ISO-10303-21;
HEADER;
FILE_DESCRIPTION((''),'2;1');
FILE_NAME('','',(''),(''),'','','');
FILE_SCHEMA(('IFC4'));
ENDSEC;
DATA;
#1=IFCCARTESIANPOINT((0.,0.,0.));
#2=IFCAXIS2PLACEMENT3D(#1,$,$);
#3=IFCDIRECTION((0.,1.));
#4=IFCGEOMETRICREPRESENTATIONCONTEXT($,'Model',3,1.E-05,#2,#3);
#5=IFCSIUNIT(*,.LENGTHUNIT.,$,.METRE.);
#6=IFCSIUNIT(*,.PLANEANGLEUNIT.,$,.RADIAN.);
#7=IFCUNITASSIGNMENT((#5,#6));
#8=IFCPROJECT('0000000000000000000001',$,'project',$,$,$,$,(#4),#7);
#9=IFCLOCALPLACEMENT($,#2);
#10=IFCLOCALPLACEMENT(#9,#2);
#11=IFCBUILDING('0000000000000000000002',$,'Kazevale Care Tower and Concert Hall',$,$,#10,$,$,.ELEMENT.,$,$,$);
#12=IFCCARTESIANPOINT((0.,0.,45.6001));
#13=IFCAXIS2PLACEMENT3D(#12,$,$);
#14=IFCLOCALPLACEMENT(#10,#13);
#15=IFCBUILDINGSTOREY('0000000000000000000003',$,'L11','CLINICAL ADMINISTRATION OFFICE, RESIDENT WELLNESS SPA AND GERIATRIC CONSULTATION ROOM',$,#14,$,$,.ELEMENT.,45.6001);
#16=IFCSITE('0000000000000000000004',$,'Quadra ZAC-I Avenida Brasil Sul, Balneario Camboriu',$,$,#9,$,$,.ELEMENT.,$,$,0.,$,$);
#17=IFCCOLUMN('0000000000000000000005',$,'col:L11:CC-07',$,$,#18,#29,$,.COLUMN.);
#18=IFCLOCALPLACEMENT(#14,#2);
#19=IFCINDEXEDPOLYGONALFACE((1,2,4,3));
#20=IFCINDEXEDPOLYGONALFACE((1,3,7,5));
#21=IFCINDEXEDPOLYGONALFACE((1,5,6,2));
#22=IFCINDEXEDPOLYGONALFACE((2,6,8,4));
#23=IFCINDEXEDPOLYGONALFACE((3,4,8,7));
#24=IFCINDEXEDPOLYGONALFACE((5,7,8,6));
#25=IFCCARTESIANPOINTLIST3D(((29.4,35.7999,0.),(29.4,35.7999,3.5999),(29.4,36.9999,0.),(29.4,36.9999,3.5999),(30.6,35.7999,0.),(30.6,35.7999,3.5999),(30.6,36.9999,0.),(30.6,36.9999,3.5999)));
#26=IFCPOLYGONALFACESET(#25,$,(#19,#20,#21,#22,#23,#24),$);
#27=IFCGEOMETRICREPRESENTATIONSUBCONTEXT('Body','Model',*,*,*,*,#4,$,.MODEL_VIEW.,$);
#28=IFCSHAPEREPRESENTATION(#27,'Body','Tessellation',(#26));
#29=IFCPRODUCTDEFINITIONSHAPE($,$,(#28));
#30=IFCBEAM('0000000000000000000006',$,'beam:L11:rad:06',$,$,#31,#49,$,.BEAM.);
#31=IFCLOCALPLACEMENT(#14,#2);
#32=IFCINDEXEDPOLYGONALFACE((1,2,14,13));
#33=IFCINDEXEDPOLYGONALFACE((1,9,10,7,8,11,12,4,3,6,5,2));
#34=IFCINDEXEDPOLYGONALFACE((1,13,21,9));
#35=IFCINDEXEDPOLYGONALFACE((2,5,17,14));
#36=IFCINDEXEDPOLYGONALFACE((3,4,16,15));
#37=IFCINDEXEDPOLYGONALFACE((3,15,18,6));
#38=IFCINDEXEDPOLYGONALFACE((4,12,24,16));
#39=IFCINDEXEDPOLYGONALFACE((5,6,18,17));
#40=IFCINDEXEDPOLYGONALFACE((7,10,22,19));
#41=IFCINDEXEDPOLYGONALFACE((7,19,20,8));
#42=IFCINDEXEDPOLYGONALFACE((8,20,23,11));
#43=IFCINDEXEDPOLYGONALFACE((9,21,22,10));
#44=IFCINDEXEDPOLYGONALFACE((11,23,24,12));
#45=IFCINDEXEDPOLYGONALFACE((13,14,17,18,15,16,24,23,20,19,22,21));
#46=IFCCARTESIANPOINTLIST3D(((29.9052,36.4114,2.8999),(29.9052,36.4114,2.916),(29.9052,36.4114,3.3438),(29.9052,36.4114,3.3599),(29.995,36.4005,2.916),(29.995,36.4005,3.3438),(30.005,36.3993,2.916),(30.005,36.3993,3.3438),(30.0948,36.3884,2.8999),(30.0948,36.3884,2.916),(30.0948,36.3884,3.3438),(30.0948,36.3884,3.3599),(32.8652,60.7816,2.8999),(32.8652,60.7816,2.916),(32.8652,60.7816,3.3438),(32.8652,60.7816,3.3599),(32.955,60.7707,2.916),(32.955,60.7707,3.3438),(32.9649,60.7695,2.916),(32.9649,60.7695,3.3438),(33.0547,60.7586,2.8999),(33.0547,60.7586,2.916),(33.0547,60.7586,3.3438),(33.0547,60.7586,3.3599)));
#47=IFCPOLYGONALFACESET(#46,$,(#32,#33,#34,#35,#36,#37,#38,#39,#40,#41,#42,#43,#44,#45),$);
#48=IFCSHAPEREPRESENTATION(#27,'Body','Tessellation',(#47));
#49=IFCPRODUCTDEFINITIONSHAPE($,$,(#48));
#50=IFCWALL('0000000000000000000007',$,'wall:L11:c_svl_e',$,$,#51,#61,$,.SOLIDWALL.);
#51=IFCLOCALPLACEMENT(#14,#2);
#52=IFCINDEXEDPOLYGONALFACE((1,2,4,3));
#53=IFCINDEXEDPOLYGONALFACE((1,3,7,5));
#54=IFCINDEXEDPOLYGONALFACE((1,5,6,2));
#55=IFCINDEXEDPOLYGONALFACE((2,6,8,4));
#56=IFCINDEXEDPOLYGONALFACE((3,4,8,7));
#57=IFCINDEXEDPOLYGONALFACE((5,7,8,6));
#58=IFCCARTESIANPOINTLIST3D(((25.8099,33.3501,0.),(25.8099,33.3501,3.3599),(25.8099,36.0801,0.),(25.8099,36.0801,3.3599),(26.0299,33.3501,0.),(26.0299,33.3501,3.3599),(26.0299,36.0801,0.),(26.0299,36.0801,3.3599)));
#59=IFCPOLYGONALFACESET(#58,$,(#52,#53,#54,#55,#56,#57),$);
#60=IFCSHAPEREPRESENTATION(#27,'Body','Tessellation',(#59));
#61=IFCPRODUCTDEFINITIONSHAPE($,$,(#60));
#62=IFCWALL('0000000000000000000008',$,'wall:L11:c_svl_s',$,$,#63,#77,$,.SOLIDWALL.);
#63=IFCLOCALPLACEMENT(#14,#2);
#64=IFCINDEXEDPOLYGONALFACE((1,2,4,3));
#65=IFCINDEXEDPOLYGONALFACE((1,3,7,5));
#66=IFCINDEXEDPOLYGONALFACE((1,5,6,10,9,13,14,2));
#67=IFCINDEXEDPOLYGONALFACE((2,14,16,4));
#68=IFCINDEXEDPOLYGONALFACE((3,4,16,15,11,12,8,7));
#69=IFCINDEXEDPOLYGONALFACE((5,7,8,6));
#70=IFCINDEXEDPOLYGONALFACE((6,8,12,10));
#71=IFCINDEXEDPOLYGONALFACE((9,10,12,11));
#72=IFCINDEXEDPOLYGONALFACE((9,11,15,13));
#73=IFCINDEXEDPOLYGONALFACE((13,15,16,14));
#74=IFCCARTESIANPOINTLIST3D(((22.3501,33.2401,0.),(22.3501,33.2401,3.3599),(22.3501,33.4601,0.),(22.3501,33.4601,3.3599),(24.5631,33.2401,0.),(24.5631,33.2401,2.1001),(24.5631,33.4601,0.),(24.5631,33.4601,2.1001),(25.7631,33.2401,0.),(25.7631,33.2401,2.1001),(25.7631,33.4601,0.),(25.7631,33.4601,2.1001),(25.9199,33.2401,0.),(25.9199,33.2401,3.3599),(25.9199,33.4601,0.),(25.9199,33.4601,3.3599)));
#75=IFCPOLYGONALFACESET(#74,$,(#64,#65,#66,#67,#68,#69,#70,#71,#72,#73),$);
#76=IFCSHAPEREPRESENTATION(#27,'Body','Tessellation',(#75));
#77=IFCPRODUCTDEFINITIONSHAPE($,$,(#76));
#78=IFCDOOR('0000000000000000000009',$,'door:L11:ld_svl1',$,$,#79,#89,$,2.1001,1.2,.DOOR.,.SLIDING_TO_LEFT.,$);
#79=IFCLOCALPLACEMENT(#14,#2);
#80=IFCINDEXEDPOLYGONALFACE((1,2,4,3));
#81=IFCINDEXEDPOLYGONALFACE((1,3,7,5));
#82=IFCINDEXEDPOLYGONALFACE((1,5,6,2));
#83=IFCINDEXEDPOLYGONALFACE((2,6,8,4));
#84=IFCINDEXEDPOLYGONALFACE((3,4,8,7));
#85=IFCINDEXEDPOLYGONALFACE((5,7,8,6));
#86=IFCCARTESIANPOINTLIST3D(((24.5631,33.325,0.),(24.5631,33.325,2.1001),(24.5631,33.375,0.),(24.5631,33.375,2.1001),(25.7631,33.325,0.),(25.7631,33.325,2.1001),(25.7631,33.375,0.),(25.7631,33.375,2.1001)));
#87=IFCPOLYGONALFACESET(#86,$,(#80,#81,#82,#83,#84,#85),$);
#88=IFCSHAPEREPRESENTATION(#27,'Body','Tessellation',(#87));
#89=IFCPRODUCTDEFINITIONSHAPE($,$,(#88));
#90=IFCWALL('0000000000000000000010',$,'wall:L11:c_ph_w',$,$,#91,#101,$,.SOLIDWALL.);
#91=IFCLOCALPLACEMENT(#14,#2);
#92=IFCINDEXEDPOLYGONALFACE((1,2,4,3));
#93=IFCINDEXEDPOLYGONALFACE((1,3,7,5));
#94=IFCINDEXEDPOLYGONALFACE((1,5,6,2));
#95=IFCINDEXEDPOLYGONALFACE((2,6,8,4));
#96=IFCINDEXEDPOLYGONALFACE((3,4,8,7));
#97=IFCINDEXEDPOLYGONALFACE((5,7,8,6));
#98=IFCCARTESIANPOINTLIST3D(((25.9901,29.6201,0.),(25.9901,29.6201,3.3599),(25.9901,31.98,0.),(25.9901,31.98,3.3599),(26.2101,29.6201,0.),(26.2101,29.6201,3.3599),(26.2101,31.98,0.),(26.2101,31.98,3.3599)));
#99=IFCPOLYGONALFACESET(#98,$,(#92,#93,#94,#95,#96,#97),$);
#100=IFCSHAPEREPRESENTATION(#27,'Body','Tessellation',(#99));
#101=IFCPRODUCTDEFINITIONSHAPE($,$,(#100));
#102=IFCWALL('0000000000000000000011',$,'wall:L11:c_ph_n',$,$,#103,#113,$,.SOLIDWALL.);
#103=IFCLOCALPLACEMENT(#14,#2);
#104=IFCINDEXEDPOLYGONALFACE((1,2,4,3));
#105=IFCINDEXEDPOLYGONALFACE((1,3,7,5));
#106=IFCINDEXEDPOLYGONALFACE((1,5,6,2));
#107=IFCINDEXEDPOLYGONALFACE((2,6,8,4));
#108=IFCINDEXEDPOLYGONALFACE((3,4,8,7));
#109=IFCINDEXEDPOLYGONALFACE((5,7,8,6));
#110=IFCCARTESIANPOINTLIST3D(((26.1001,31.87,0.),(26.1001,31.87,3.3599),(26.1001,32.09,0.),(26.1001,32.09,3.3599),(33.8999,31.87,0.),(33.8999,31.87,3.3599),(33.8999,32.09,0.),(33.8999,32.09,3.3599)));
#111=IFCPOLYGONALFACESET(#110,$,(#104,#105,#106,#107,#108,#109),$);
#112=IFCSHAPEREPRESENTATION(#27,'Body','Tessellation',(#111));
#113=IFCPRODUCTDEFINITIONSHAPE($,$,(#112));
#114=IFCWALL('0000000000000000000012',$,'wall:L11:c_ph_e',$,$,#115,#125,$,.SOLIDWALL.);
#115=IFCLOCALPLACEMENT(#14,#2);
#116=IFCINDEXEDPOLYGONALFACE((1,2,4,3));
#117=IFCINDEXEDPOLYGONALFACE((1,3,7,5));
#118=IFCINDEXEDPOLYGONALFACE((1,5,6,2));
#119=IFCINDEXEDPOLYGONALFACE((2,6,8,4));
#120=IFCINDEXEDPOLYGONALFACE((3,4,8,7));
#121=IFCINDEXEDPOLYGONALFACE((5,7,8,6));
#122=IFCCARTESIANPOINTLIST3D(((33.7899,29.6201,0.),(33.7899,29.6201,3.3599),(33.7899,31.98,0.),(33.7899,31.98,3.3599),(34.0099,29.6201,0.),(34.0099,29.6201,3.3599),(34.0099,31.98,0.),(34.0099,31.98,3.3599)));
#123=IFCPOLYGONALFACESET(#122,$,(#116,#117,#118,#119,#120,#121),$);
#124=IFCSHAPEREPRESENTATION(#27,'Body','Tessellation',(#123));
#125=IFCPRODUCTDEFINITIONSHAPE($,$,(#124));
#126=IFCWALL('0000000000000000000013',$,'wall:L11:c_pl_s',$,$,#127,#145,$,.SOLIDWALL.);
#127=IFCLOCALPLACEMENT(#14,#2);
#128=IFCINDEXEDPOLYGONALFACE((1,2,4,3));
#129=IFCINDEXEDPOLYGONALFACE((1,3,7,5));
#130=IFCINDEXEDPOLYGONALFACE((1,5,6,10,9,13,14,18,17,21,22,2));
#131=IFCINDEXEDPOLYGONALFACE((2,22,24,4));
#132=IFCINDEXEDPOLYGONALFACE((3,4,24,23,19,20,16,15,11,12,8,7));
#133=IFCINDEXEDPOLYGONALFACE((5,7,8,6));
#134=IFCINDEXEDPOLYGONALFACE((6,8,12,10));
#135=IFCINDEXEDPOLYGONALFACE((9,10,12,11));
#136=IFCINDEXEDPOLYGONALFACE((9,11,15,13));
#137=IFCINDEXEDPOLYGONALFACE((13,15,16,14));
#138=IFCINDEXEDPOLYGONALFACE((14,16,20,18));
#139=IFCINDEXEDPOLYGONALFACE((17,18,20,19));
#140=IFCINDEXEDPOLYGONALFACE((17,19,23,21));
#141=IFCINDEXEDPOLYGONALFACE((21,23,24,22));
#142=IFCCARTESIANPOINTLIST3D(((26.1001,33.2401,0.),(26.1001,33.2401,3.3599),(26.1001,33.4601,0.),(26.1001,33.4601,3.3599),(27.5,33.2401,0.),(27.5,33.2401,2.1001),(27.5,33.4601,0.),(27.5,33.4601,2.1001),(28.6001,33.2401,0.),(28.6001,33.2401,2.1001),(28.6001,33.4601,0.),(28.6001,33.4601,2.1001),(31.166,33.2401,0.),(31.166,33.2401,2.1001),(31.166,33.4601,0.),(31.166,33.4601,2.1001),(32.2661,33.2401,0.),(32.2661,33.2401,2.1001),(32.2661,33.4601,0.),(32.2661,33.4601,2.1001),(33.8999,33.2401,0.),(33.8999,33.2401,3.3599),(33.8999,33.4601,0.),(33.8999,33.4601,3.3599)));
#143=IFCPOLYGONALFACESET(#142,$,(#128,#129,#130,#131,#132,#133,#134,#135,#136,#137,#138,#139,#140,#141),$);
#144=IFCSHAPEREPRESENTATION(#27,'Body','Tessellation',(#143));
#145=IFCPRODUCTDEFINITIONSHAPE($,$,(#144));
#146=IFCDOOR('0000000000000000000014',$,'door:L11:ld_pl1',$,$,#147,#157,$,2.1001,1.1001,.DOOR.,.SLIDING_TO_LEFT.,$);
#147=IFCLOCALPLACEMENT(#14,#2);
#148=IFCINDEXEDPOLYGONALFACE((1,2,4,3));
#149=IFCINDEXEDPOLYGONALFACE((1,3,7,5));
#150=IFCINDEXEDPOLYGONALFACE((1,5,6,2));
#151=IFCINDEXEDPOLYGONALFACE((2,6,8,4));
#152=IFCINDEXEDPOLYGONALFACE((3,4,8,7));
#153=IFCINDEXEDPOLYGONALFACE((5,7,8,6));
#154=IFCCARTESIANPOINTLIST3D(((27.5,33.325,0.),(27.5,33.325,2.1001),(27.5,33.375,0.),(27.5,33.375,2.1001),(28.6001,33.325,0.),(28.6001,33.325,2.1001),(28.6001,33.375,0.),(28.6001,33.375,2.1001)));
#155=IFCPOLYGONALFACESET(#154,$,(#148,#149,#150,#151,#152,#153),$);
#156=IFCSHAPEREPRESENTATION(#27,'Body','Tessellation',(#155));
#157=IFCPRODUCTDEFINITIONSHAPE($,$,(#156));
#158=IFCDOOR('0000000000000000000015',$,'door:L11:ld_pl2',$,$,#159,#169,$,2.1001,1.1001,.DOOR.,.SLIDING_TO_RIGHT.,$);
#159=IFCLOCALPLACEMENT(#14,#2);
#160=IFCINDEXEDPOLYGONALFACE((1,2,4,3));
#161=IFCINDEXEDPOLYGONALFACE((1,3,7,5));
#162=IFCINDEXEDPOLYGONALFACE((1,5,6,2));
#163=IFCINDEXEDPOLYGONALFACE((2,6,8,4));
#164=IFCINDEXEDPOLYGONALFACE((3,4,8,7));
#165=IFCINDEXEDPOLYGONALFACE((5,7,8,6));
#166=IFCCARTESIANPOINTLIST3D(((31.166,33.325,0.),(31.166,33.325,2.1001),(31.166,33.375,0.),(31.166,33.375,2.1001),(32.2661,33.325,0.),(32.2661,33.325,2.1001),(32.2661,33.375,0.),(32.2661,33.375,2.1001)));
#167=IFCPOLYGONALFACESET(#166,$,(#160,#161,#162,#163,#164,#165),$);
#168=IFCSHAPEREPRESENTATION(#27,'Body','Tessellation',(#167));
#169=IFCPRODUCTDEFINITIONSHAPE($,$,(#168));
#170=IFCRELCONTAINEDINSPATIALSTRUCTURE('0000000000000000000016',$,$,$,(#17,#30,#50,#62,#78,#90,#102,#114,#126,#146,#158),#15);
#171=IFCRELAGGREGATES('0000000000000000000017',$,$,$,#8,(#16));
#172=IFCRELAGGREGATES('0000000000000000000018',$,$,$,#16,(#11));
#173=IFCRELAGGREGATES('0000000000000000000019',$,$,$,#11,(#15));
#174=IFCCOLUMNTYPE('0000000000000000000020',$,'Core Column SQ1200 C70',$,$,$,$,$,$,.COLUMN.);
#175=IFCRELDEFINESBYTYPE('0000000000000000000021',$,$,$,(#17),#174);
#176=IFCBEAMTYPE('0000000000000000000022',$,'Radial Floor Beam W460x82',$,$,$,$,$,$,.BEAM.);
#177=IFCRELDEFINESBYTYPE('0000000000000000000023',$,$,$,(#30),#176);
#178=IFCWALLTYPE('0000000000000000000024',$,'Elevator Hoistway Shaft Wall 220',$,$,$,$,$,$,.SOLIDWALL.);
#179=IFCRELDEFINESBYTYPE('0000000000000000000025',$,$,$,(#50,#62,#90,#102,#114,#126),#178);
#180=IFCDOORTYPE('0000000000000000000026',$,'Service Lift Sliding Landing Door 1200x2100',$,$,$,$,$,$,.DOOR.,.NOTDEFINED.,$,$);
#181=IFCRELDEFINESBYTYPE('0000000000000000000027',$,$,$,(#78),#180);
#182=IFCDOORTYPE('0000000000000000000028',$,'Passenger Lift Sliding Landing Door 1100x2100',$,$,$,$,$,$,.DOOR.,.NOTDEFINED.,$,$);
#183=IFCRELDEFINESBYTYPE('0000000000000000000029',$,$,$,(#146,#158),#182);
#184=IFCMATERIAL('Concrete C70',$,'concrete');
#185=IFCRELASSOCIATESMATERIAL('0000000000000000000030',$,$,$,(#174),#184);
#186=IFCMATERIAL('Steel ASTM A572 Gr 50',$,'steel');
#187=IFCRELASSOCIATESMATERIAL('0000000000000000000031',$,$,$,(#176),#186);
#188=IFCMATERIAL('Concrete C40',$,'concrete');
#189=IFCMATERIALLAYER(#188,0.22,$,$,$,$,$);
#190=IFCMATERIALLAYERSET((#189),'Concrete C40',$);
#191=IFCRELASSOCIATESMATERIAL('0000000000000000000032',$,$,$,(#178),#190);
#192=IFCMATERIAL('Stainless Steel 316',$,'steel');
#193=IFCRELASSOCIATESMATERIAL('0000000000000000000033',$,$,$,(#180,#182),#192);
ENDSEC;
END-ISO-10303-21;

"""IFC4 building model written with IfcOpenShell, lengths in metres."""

from ifc_helpers import new_model, si_unit, direction, frame, frame_2d, origin, origin_2d, place, context, subcontext, project, spatial, rectangle, i_section, extrude, material, layer, layer_set, material_profile, profile_set, type_object, element, fill, save


model = new_model("IFC4")

# Units and contexts
model_context = context("Model", 3, precision=1e-05, world=origin(), true_north=direction((0.0, 1.0)))
body_context = subcontext(model_context, "Body", "Model", "MODEL_VIEW")
ifc_project = project(units=[si_unit("LENGTHUNIT", "METRE"), si_unit("PLANEANGLEUNIT", "RADIAN")], contexts=[model_context])

# Site, building, storey
site_placement = place(None, origin())
site = spatial("IfcSite", under=ifc_project, at=site_placement, Name="Quadra ZAC-I Avenida Brasil Sul, Balneario Camboriu", CompositionType="ELEMENT", RefElevation=0.0)
building_placement = place(site_placement, origin())
building = spatial("IfcBuilding", under=site, at=building_placement, Name="Kazevale Care Tower and Concert Hall", CompositionType="ELEMENT")
storey_placement = place(building_placement, frame((0.0, 0.0, 45.6001)))
storey = spatial("IfcBuildingStorey", under=building, at=storey_placement, Name="L11", Description="CLINICAL ADMINISTRATION OFFICE, RESIDENT WELLNESS SPA AND GERIATRIC CONSULTATION ROOM", CompositionType="ELEMENT", Elevation=45.6001)

# Column
ifc_material_1 = material(Name="Concrete C70", Category="concrete")
ifc_material_profile_1 = material_profile(ifc_material_1, rectangle(XDim=1.2, YDim=1.2, at=origin_2d()), Name="RC-SQ1200")
ifc_profile_set_1 = profile_set([ifc_material_profile_1], Name="Concrete C70")
column_type = type_object("IfcColumnType", Name="Core Column SQ1200 C70", PredefinedType="COLUMN", material=ifc_profile_set_1)
column_placement = place(storey_placement, frame((30.0, 36.3999, 0.0), z_axis=(0.0, 0.0, 1.0), x_axis=(1.0, 0.0, 0.0)))
element("IfcColumn", 1, at=column_placement, inside=storey, type_object=column_type, Name="col:L11:CC-07", PredefinedType="COLUMN", context=body_context, shape_type="SweptSolid", body=[
    extrude(rectangle(XDim=1.2, YDim=1.2, at=origin_2d()), origin(), (0.0, 0.0, 1.0), 3.5999),
])

# Beam
ifc_material_2 = material(Name="Steel ASTM A572 Gr 50", Category="steel")
ifc_material_profile_2 = material_profile(ifc_material_2, i_section(OverallWidth=0.1909, OverallDepth=0.46, WebThickness=0.01, FlangeThickness=0.0161, at=origin_2d()), Name="W460x82")
ifc_profile_set_2 = profile_set([ifc_material_profile_2], Name="Steel ASTM A572 Gr 50")
beam_type = type_object("IfcBeamType", Name="Radial Floor Beam W460x82", PredefinedType="BEAM", material=ifc_profile_set_2)
beam_placement = place(storey_placement, frame((30.0, 36.3999, 3.1299), z_axis=(0.120573, 0.992705, 0.0), x_axis=(-0.992705, 0.120573, 0.0)))
element("IfcBeam", 2, at=beam_placement, inside=storey, type_object=beam_type, Name="beam:L11:rad:06", PredefinedType="BEAM", context=body_context, shape_type="SweptSolid", body=[
    extrude(i_section(OverallWidth=0.1909, OverallDepth=0.46, WebThickness=0.01, FlangeThickness=0.0161, at=origin_2d()), origin(), (0.0, 0.0, 1.0), 24.5493),
])

# Wall
ifc_material_3 = material(Name="Concrete C40", Category="concrete")
ifc_layer_1 = layer(ifc_material_3, 0.22)
ifc_layer_set_1 = layer_set([ifc_layer_1], Name="Concrete C40")
wall_type_1 = type_object("IfcWallType", Name="Elevator Hoistway Shaft Wall 220", PredefinedType="SOLIDWALL", material=ifc_layer_set_1)
wall_1_placement = place(storey_placement, frame((25.9199, 33.3501, 0.0), z_axis=(0.0, 0.0, 1.0), x_axis=(0.0, 1.0, 0.0)))
element("IfcWall", 3, at=wall_1_placement, inside=storey, type_object=wall_type_1, Name="wall:L11:c_svl_e", PredefinedType="SOLIDWALL", context=body_context, shape_type="SweptSolid", body=[
    extrude(rectangle(XDim=2.73, YDim=0.22, at=frame_2d((1.365, 0.0))), origin(), (0.0, 0.0, 1.0), 3.3599),
])

# Wall, opening, door
wall_2_placement = place(storey_placement, frame((22.3501, 33.3501, 0.0), z_axis=(0.0, 0.0, 1.0), x_axis=(1.0, 0.0, 0.0)))
wall_2 = element("IfcWall", 4, at=wall_2_placement, inside=storey, type_object=wall_type_1, Name="wall:L11:c_svl_s", PredefinedType="SOLIDWALL", context=body_context, shape_type="SweptSolid", body=[
    extrude(rectangle(XDim=3.5698, YDim=0.22, at=frame_2d((1.7849, 0.0))), origin(), (0.0, 0.0, 1.0), 3.3599),
])
opening_1_placement = place(wall_2_placement, frame((2.2129, 0.0, 0.0)))
opening_1 = element("IfcOpeningElement", 5, at=opening_1_placement, cuts=wall_2, PredefinedType="OPENING", context=body_context, shape_type="SweptSolid", body=[
    extrude(rectangle(XDim=1.2, YDim=2.1001, at=frame_2d((0.6001, 1.05))), frame((0.0, 0.1199, 0.0), z_axis=(0.0, -1.0, 0.0), x_axis=(1.0, 0.0, 0.0)), (0.0, 0.0, 1.0), 0.24),
])
ifc_material_4 = material(Name="Stainless Steel 316", Category="steel")
door_type_1 = type_object("IfcDoorType", Name="Service Lift Sliding Landing Door 1200x2100", OperationType="NOTDEFINED", PredefinedType="DOOR", material=ifc_material_4)
door_1_placement = place(opening_1_placement, origin())
door_1 = element("IfcDoor", 6, at=door_1_placement, inside=storey, type_object=door_type_1, Name="door:L11:ld_svl1", OperationType="SLIDING_TO_LEFT", OverallHeight=2.1001, OverallWidth=1.2, PredefinedType="DOOR", context=body_context, shape_type="SweptSolid", body=[
    extrude(rectangle(XDim=1.2, YDim=2.1001, at=frame_2d((0.6001, 1.05))), frame((0.0, 0.0249, 0.0), z_axis=(0.0, -1.0, 0.0), x_axis=(1.0, 0.0, 0.0)), (0.0, 0.0, 1.0), 0.05),
])
fill(opening_1, door_1)

# Walls
wall_3_placement = place(storey_placement, frame((26.1001, 29.6201, 0.0), z_axis=(0.0, 0.0, 1.0), x_axis=(0.0, 1.0, 0.0)))
element("IfcWall", 7, at=wall_3_placement, inside=storey, type_object=wall_type_1, Name="wall:L11:c_ph_w", PredefinedType="SOLIDWALL", context=body_context, shape_type="SweptSolid", body=[
    extrude(rectangle(XDim=2.3599, YDim=0.22, at=frame_2d((1.1799, 0.0))), origin(), (0.0, 0.0, 1.0), 3.3599),
])
wall_4_placement = place(storey_placement, frame((26.1001, 31.98, 0.0), z_axis=(0.0, 0.0, 1.0), x_axis=(1.0, 0.0, 0.0)))
element("IfcWall", 8, at=wall_4_placement, inside=storey, type_object=wall_type_1, Name="wall:L11:c_ph_n", PredefinedType="SOLIDWALL", context=body_context, shape_type="SweptSolid", body=[
    extrude(rectangle(XDim=7.7998, YDim=0.22, at=frame_2d((3.8999, 0.0))), origin(), (0.0, 0.0, 1.0), 3.3599),
])
wall_5_placement = place(storey_placement, frame((33.8999, 29.6201, 0.0), z_axis=(0.0, 0.0, 1.0), x_axis=(0.0, 1.0, 0.0)))
element("IfcWall", 9, at=wall_5_placement, inside=storey, type_object=wall_type_1, Name="wall:L11:c_ph_e", PredefinedType="SOLIDWALL", context=body_context, shape_type="SweptSolid", body=[
    extrude(rectangle(XDim=2.3599, YDim=0.22, at=frame_2d((1.1799, 0.0))), origin(), (0.0, 0.0, 1.0), 3.3599),
])

# Wall, openings, doors
wall_6_placement = place(storey_placement, frame((26.1001, 33.3501, 0.0), z_axis=(0.0, 0.0, 1.0), x_axis=(1.0, 0.0, 0.0)))
wall_6 = element("IfcWall", 10, at=wall_6_placement, inside=storey, type_object=wall_type_1, Name="wall:L11:c_pl_s", PredefinedType="SOLIDWALL", context=body_context, shape_type="SweptSolid", body=[
    extrude(rectangle(XDim=7.7998, YDim=0.22, at=frame_2d((3.8999, 0.0))), origin(), (0.0, 0.0, 1.0), 3.3599),
])
opening_2_placement = place(wall_6_placement, frame((1.3999, 0.0, 0.0)))
opening_2 = element("IfcOpeningElement", 11, at=opening_2_placement, cuts=wall_6, PredefinedType="OPENING", context=body_context, shape_type="SweptSolid", body=[
    extrude(rectangle(XDim=1.1001, YDim=2.1001, at=frame_2d((0.55, 1.05))), frame((0.0, 0.1199, 0.0), z_axis=(0.0, -1.0, 0.0), x_axis=(1.0, 0.0, 0.0)), (0.0, 0.0, 1.0), 0.24),
])
opening_3_placement = place(wall_6_placement, frame((5.0659, 0.0, 0.0)))
opening_3 = element("IfcOpeningElement", 12, at=opening_3_placement, cuts=wall_6, PredefinedType="OPENING", context=body_context, shape_type="SweptSolid", body=[
    extrude(rectangle(XDim=1.1001, YDim=2.1001, at=frame_2d((0.55, 1.05))), frame((0.0, 0.1199, 0.0), z_axis=(0.0, -1.0, 0.0), x_axis=(1.0, 0.0, 0.0)), (0.0, 0.0, 1.0), 0.24),
])
door_type_2 = type_object("IfcDoorType", Name="Passenger Lift Sliding Landing Door 1100x2100", OperationType="NOTDEFINED", PredefinedType="DOOR", material=ifc_material_4)
door_2_placement = place(opening_2_placement, origin())
door_2 = element("IfcDoor", 13, at=door_2_placement, inside=storey, type_object=door_type_2, Name="door:L11:ld_pl1", OperationType="SLIDING_TO_LEFT", OverallHeight=2.1001, OverallWidth=1.1001, PredefinedType="DOOR", context=body_context, shape_type="SweptSolid", body=[
    extrude(rectangle(XDim=1.1001, YDim=2.1001, at=frame_2d((0.55, 1.05))), frame((0.0, 0.0249, 0.0), z_axis=(0.0, -1.0, 0.0), x_axis=(1.0, 0.0, 0.0)), (0.0, 0.0, 1.0), 0.05),
])
fill(opening_2, door_2)
door_3_placement = place(opening_3_placement, origin())
door_3 = element("IfcDoor", 14, at=door_3_placement, inside=storey, type_object=door_type_2, Name="door:L11:ld_pl2", OperationType="SLIDING_TO_RIGHT", OverallHeight=2.1001, OverallWidth=1.1001, PredefinedType="DOOR", context=body_context, shape_type="SweptSolid", body=[
    extrude(rectangle(XDim=1.1001, YDim=2.1001, at=frame_2d((0.55, 1.05))), frame((0.0, 0.0249, 0.0), z_axis=(0.0, -1.0, 0.0), x_axis=(1.0, 0.0, 0.0)), (0.0, 0.0, 1.0), 0.05),
])
fill(opening_3, door_3)

save(model, "model.ifc")
